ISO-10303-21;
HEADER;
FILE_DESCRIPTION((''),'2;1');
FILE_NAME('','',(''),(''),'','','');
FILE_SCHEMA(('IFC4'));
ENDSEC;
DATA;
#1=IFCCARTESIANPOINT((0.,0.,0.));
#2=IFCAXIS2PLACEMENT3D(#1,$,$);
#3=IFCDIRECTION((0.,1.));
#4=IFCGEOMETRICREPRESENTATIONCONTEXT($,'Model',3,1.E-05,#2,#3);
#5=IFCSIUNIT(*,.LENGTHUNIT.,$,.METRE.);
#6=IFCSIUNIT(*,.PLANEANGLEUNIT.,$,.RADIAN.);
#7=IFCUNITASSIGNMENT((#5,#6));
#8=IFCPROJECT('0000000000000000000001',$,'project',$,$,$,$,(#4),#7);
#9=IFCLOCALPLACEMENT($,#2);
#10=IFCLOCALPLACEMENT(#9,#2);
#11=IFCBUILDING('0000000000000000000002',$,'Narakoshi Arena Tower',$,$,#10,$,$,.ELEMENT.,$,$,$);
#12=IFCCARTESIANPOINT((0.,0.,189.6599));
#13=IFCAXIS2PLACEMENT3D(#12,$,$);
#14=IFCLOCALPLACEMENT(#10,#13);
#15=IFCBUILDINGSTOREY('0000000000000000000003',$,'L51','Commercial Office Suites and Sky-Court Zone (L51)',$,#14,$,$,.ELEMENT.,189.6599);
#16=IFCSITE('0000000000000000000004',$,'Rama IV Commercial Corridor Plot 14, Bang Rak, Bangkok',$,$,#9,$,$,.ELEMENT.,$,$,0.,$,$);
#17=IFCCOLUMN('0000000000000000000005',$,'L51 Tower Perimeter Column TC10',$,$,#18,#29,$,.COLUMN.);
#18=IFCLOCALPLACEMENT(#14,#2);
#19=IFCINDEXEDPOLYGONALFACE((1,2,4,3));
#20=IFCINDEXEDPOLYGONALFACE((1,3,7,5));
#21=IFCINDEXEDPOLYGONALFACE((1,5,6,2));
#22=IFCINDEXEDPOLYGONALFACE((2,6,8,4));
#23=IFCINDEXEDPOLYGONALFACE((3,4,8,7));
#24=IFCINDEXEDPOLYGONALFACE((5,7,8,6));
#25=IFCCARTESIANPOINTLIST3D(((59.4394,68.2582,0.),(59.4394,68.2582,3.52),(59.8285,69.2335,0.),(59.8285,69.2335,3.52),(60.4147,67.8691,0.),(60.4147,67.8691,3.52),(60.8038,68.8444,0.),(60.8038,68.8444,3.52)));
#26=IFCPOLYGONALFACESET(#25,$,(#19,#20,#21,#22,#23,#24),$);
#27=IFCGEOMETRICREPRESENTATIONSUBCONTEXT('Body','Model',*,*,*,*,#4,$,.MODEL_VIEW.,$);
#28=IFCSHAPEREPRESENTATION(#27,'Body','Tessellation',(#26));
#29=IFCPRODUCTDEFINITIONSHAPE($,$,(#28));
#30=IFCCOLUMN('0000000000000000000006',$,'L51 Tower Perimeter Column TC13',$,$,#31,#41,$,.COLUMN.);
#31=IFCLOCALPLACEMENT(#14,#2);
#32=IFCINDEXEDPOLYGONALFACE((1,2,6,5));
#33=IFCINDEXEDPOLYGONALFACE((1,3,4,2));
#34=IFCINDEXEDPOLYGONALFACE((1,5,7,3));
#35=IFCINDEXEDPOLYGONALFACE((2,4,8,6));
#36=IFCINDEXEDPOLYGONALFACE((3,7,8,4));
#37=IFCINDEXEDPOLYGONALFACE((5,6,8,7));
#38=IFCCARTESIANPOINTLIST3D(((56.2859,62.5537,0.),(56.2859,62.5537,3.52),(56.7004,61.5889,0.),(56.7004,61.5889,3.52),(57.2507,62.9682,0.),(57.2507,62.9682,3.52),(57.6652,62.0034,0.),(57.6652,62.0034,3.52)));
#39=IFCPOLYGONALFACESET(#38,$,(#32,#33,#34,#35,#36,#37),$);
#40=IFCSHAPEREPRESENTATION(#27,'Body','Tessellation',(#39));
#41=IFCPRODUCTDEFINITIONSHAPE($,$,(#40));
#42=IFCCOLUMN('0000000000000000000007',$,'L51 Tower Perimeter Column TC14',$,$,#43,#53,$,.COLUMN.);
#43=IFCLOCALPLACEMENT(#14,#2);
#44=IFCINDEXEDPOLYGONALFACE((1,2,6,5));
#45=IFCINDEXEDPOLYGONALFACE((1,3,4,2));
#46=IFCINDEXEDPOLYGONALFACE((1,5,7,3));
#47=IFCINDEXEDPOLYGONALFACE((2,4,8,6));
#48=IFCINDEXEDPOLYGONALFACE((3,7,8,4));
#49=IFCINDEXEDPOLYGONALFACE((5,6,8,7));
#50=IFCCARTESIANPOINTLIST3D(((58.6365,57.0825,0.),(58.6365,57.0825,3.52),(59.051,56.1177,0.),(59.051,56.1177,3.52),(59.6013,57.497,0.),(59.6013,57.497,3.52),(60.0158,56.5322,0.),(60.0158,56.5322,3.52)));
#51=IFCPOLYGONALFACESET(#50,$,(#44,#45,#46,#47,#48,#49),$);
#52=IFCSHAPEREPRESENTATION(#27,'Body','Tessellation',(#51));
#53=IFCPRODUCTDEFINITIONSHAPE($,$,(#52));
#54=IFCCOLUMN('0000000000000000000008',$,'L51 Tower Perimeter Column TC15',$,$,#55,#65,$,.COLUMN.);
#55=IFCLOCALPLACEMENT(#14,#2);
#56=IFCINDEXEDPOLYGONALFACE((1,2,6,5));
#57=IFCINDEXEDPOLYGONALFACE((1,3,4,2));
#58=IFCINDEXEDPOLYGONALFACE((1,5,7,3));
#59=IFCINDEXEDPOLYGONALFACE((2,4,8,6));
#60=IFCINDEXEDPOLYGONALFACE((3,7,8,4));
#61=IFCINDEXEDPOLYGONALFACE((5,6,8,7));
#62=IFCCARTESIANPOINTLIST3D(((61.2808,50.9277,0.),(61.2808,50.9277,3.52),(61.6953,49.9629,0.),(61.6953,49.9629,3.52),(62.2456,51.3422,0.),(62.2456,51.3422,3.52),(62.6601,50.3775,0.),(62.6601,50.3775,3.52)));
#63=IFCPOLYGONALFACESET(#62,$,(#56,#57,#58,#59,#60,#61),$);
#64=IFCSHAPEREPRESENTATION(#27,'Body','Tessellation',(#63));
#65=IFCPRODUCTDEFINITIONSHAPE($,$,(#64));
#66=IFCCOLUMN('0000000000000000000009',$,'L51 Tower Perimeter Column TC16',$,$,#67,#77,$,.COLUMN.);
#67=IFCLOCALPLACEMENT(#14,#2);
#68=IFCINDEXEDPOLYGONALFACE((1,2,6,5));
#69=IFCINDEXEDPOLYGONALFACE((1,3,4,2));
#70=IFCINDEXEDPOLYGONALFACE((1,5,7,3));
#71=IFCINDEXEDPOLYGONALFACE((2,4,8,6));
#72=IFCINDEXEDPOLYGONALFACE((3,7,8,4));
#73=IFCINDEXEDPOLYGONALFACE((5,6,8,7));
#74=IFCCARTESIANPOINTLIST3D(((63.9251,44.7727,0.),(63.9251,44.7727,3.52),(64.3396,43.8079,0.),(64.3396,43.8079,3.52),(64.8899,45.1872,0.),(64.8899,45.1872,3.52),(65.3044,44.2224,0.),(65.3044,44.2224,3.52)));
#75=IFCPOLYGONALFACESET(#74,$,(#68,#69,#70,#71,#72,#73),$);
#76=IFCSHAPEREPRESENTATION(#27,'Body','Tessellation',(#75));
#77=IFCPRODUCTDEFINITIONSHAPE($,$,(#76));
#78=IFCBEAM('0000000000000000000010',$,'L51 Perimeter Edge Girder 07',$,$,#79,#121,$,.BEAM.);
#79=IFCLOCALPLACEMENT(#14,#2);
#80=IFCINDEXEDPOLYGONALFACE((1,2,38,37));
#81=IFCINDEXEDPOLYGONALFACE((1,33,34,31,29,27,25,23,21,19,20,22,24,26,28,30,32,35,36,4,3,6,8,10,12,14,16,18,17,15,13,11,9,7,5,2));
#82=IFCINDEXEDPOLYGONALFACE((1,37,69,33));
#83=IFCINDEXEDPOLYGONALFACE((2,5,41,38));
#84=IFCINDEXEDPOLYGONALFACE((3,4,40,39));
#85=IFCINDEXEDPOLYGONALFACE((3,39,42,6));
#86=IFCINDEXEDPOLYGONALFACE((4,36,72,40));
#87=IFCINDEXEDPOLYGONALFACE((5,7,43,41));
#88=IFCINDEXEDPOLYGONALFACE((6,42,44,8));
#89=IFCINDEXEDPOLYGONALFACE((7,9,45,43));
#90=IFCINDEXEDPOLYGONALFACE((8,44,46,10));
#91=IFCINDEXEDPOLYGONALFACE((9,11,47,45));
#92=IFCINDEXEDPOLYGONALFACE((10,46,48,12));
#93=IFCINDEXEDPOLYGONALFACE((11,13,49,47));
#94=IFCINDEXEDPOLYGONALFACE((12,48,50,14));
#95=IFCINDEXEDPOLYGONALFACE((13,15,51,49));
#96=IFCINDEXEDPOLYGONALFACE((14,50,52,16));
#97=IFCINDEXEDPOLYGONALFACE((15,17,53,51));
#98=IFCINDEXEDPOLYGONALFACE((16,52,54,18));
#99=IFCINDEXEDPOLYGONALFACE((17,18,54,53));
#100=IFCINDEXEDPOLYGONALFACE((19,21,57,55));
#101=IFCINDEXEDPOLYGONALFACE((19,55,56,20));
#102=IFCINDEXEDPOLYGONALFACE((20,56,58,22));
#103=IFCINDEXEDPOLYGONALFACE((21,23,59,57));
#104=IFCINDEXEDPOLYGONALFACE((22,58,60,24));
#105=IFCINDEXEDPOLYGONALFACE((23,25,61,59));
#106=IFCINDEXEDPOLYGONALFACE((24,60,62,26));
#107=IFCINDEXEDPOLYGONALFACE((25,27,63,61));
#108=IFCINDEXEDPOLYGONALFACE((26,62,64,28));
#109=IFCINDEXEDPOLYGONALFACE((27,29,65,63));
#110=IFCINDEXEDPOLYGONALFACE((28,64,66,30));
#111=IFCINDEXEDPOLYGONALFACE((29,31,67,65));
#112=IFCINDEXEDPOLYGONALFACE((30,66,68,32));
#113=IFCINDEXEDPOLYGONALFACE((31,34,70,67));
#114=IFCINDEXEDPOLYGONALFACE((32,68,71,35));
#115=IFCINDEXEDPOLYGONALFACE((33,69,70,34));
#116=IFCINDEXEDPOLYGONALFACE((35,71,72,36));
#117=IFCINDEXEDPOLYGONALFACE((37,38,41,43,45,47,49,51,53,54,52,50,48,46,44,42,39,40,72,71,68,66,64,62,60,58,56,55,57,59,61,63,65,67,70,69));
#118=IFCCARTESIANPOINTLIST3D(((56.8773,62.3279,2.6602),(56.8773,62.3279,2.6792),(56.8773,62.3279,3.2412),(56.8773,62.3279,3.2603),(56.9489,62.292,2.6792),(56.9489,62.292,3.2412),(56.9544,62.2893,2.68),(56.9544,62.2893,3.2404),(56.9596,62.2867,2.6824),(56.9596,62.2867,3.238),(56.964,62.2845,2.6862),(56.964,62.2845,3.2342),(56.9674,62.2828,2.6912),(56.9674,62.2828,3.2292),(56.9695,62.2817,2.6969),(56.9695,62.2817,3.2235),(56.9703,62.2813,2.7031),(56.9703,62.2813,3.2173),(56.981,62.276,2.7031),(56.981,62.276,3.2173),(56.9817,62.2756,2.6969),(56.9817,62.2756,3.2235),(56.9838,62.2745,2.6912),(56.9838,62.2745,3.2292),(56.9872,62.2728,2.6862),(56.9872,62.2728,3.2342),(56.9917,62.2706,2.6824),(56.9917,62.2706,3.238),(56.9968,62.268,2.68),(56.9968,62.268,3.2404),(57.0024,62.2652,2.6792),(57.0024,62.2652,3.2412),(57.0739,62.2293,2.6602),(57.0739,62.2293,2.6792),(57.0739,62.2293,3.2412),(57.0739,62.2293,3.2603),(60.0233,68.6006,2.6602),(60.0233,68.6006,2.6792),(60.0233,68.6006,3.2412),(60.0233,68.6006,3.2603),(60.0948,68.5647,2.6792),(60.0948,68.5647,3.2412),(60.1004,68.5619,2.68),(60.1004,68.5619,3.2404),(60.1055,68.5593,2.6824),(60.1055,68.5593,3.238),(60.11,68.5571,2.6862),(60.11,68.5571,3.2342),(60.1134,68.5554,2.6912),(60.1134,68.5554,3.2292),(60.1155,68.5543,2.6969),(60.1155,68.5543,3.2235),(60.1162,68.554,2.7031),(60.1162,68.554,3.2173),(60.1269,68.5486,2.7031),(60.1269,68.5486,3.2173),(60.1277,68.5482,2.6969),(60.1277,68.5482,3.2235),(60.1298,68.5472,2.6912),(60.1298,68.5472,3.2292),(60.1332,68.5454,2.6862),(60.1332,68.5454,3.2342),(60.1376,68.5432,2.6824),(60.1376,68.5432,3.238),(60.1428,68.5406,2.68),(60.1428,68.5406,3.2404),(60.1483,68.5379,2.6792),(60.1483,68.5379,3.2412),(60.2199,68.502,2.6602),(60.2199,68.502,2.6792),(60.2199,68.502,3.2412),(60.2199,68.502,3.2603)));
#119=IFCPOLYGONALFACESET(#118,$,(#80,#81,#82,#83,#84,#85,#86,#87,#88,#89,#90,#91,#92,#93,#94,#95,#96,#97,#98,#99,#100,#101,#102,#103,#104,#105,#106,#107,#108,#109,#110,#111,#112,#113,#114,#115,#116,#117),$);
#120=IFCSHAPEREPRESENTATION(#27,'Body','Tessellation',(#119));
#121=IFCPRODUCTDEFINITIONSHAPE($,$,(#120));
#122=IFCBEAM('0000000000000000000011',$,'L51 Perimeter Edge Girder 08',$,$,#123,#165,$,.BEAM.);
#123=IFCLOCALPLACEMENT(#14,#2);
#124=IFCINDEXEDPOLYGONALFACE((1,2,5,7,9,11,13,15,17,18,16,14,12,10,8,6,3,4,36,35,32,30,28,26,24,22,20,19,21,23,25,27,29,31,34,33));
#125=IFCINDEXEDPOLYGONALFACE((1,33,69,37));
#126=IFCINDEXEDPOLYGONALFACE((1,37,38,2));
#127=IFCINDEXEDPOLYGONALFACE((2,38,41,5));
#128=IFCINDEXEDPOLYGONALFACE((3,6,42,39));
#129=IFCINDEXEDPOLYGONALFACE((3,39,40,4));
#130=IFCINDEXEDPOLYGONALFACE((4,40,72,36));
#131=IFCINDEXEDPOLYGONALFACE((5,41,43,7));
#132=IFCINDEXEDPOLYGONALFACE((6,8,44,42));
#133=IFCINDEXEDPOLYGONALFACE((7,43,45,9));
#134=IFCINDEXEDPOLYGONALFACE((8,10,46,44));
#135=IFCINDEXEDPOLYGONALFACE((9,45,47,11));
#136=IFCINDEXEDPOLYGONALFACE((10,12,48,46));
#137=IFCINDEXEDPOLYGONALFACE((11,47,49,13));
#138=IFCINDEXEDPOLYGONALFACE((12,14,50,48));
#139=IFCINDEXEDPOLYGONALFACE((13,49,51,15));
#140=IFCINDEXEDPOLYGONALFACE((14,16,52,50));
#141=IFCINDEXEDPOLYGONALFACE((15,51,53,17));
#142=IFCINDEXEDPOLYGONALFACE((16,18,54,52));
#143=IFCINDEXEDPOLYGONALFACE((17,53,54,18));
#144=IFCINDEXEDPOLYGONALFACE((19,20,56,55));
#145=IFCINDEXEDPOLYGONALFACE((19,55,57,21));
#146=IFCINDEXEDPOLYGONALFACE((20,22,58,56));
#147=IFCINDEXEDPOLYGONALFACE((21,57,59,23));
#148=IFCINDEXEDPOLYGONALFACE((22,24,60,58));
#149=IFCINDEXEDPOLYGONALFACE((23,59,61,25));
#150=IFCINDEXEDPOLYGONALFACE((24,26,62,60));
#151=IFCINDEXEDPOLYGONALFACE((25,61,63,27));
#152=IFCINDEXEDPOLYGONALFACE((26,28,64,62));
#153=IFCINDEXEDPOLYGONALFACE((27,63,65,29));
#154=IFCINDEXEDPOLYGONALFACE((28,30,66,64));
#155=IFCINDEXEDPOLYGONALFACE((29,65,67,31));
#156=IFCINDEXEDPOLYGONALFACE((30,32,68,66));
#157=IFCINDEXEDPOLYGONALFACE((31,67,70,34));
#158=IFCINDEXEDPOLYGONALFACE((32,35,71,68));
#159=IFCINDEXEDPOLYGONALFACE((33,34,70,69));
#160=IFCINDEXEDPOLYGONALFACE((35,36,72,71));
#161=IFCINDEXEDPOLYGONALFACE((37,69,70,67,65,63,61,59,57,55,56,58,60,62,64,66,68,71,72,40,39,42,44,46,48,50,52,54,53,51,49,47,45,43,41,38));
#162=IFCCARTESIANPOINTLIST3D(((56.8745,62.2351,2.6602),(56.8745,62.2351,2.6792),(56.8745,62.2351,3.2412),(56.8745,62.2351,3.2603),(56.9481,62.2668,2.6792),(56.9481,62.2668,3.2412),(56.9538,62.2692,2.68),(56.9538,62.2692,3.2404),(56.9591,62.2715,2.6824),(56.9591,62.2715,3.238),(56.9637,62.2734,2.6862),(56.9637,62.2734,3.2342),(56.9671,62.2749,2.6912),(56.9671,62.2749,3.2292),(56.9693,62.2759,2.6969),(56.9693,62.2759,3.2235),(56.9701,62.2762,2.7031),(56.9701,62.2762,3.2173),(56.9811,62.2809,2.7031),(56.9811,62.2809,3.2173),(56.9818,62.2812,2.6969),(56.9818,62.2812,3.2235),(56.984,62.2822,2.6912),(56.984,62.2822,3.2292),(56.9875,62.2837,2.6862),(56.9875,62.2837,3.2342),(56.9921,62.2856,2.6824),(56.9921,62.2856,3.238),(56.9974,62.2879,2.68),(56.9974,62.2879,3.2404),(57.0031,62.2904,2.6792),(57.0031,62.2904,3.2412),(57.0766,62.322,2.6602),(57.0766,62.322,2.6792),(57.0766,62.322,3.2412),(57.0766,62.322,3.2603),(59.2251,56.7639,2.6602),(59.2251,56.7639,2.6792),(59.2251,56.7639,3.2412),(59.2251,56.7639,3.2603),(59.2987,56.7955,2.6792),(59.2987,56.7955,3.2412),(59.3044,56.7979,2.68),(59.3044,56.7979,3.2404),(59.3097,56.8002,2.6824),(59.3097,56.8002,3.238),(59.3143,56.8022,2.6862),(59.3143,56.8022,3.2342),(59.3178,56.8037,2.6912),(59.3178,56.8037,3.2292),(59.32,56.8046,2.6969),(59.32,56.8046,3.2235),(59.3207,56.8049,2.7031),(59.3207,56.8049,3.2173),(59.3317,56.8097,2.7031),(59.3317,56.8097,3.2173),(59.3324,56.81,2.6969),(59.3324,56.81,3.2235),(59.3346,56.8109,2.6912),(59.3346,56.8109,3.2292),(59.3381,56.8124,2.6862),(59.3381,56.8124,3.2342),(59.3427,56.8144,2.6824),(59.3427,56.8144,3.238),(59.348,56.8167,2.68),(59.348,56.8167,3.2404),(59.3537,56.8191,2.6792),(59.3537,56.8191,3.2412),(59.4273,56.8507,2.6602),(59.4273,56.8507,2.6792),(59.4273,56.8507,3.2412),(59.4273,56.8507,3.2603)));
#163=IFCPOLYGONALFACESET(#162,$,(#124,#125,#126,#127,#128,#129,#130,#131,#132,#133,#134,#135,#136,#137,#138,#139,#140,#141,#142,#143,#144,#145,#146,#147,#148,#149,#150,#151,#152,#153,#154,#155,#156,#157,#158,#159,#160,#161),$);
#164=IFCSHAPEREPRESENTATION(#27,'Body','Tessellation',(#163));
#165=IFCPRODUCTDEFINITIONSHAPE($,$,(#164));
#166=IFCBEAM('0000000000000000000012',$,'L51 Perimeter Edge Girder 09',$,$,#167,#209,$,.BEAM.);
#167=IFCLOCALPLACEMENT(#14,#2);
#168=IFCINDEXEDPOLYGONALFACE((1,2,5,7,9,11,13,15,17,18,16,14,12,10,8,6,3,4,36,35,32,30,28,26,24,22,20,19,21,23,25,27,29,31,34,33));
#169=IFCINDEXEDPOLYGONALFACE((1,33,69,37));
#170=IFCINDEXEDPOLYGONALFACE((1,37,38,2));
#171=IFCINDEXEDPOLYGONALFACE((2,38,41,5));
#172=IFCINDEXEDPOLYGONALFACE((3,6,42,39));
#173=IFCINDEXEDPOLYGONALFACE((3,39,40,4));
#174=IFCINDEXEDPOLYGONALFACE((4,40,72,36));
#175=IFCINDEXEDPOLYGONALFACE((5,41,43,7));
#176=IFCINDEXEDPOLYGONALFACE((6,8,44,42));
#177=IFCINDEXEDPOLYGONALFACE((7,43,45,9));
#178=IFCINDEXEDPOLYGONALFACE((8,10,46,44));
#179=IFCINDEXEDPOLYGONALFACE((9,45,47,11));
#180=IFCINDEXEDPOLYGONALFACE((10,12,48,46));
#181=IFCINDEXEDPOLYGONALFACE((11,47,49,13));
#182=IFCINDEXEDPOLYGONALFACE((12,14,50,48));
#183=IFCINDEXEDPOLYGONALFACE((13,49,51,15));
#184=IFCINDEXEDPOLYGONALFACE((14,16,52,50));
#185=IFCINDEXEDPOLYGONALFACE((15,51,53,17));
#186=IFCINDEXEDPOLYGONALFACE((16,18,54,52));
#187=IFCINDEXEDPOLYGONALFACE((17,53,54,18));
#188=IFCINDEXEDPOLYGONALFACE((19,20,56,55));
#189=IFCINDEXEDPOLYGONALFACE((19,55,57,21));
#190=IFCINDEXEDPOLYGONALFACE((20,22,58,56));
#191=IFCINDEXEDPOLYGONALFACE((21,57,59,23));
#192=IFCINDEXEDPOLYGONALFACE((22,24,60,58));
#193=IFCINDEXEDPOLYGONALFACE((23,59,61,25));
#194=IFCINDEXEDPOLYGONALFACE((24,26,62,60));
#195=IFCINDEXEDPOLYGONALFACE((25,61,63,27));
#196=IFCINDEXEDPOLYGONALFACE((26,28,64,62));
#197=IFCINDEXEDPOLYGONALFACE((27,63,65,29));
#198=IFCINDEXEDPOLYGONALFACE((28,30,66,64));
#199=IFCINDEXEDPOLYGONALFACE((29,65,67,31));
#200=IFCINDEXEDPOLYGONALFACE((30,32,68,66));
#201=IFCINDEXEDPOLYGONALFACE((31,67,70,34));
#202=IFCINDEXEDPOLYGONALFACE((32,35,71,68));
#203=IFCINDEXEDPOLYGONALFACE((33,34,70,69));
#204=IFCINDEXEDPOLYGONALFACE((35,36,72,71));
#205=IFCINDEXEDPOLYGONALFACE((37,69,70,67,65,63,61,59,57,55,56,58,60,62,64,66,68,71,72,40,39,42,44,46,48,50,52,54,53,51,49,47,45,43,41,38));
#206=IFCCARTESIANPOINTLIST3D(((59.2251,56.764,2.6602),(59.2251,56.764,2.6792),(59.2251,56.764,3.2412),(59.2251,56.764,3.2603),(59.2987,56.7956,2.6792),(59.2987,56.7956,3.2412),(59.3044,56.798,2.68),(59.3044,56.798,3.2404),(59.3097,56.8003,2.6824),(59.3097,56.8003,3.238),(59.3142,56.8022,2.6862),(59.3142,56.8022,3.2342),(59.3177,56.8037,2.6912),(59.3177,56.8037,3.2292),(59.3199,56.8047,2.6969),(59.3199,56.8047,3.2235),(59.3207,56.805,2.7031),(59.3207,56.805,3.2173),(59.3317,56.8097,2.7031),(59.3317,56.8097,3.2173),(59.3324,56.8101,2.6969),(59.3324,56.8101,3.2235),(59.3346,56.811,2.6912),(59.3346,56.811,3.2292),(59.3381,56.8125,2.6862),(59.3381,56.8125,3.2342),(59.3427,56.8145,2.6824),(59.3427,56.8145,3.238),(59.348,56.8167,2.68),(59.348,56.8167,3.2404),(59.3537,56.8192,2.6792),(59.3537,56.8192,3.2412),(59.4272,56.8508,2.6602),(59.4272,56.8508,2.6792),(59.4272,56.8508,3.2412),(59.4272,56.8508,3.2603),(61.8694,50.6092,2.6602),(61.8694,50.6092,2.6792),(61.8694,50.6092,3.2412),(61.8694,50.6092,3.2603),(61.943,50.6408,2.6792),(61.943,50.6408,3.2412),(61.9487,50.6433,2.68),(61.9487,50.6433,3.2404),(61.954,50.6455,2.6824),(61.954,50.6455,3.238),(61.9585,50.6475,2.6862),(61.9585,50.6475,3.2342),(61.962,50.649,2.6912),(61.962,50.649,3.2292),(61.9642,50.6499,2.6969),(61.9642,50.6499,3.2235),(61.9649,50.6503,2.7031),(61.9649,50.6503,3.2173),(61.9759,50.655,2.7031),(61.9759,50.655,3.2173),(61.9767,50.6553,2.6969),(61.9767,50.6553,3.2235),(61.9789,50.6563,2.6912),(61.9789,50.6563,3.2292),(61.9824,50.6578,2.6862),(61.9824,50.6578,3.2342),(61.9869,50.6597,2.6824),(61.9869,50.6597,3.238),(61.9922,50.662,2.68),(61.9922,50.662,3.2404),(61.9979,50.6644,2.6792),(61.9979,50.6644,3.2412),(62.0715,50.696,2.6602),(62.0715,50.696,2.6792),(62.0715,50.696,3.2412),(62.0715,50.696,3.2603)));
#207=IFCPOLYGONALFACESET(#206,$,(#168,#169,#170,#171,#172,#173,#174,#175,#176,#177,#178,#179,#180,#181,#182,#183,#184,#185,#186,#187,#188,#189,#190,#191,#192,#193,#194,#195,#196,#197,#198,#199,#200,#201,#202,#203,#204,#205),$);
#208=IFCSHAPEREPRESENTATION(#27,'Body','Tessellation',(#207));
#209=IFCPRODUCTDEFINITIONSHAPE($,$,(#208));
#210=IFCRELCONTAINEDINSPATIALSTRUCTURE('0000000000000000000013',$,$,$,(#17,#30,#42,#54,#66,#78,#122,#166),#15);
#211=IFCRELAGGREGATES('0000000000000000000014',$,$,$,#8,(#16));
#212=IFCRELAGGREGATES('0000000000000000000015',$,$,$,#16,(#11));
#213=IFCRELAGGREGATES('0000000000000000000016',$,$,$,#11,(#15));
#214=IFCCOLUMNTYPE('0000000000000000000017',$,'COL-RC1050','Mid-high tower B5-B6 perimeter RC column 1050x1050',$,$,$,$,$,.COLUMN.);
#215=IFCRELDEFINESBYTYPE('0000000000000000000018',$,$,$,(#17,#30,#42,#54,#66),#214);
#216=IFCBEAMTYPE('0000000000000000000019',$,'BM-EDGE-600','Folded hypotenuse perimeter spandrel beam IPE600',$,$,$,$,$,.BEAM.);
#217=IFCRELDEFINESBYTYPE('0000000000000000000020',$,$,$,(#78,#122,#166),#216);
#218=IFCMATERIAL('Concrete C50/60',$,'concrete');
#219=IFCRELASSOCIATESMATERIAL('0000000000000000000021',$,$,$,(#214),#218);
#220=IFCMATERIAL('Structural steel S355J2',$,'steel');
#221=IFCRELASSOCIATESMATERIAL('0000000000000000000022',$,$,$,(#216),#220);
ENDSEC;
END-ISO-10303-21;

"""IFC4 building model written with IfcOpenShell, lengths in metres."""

from ifc_helpers import new_model, si_unit, direction, frame, origin, origin_2d, place, context, subcontext, project, spatial, rectangle, i_section, extrude, material, material_profile, profile_set, type_object, element, save


model = new_model("IFC4")

# Units and contexts
model_context = context("Model", 3, precision=1e-05, world=origin(), true_north=direction((0.0, 1.0)))
body_context = subcontext(model_context, "Body", "Model", "MODEL_VIEW")
ifc_project = project(units=[si_unit("LENGTHUNIT", "METRE"), si_unit("PLANEANGLEUNIT", "RADIAN")], contexts=[model_context])

# Site, building, storey
site_placement = place(None, origin())
site = spatial("IfcSite", under=ifc_project, at=site_placement, Name="Rama IV Commercial Corridor Plot 14, Bang Rak, Bangkok", CompositionType="ELEMENT", RefElevation=0.0)
building_placement = place(site_placement, origin())
building = spatial("IfcBuilding", under=site, at=building_placement, Name="Narakoshi Arena Tower", CompositionType="ELEMENT")
storey_placement = place(building_placement, frame((0.0, 0.0, 189.6599)))
storey = spatial("IfcBuildingStorey", under=building, at=storey_placement, Name="L51", Description="Commercial Office Suites and Sky-Court Zone (L51)", CompositionType="ELEMENT", Elevation=189.6599)

# Columns
ifc_material_1 = material(Name="Concrete C50/60", Category="concrete")
ifc_material_profile_1 = material_profile(ifc_material_1, rectangle(XDim=1.05, YDim=1.05, at=origin_2d()), Name="RC1050x1050")
ifc_profile_set_1 = profile_set([ifc_material_profile_1], Name="Concrete C50/60")
column_type = type_object("IfcColumnType", Name="COL-RC1050", Description="Mid-high tower B5-B6 perimeter RC column 1050x1050", PredefinedType="COLUMN", material=ifc_profile_set_1)
for number, where, z_axis, x_axis, name in (
    (1, (60.1216, 68.5513, 0.0), (0.0, 0.0, 1.0), (0.370557, 0.92881, 0.0), "L51 Tower Perimeter Column TC10"),
    (2, (56.9756, 62.2786, 0.0), (0.0, 0.0, 1.0), (-0.394744, 0.918791, 0.0), "L51 Tower Perimeter Column TC13"),
    (3, (59.3262, 56.8074, 0.0), (0.0, 0.0, 1.0), (-0.394744, 0.918791, 0.0), "L51 Tower Perimeter Column TC14"),
    (4, (61.9705, 50.6526, 0.0), (0.0, 0.0, 1.0), (-0.394744, 0.918791, 0.0), "L51 Tower Perimeter Column TC15"),
    (5, (64.6147, 44.4976, 0.0), (0.0, 0.0, 1.0), (-0.394744, 0.918791, 0.0), "L51 Tower Perimeter Column TC16"),
):
    element("IfcColumn", number, at=place(storey_placement, frame(where, z_axis=z_axis, x_axis=x_axis)), inside=storey, type_object=column_type, Name=name, PredefinedType="COLUMN", context=body_context, shape_type="SweptSolid", body=[
        extrude(rectangle(XDim=1.05, YDim=1.05, at=origin_2d()), origin(), (0.0, 0.0, 1.0), 3.52),
    ])

# Beams
ifc_material_2 = material(Name="Structural steel S355J2", Category="steel")
ifc_material_profile_2 = material_profile(ifc_material_2, i_section(OverallWidth=0.22, OverallDepth=0.6001, WebThickness=0.012, FlangeThickness=0.019, FilletRadius=0.0239, at=origin_2d()), Name="IPE600")
ifc_profile_set_2 = profile_set([ifc_material_profile_2], Name="Structural steel S355J2")
beam_type_1 = type_object("IfcBeamType", Name="BM-EDGE-600", Description="Folded hypotenuse perimeter spandrel beam IPE600", PredefinedType="BEAM", material=ifc_profile_set_2)
beam_1_placement = place(storey_placement, frame((60.1216, 68.5513, 2.9602), z_axis=(-0.448313, -0.893877, 0.0), x_axis=(0.893877, -0.448313, 0.0)))
element("IfcBeam", 6, at=beam_1_placement, inside=storey, type_object=beam_type_1, Name="L51 Perimeter Edge Girder 07", PredefinedType="BEAM", context=body_context, shape_type="SweptSolid", body=[
    extrude(i_section(OverallWidth=0.22, OverallDepth=0.6001, WebThickness=0.012, FlangeThickness=0.019, FilletRadius=0.0239, at=origin_2d()), origin(), (0.0, 0.0, 1.0), 7.0173),
])
beam_2_placement = place(storey_placement, frame((56.9756, 62.2786, 2.9602), z_axis=(0.394741, -0.918793, 0.0), x_axis=(0.918793, 0.394741, 0.0)))
element("IfcBeam", 7, at=beam_2_placement, inside=storey, type_object=beam_type_1, Name="L51 Perimeter Edge Girder 08", PredefinedType="BEAM", context=body_context, shape_type="SweptSolid", body=[
    extrude(i_section(OverallWidth=0.22, OverallDepth=0.6001, WebThickness=0.012, FlangeThickness=0.019, FilletRadius=0.0239, at=origin_2d()), origin(), (0.0, 0.0, 1.0), 5.9548),
])
beam_3_placement = place(storey_placement, frame((59.3262, 56.8074, 2.9602), z_axis=(0.394742, -0.918792, 0.0), x_axis=(0.918792, 0.394742, 0.0)))
element("IfcBeam", 8, at=beam_3_placement, inside=storey, type_object=beam_type_1, Name="L51 Perimeter Edge Girder 09", PredefinedType="BEAM", context=body_context, shape_type="SweptSolid", body=[
    extrude(i_section(OverallWidth=0.22, OverallDepth=0.6001, WebThickness=0.012, FlangeThickness=0.019, FilletRadius=0.0239, at=origin_2d()), origin(), (0.0, 0.0, 1.0), 6.6987),
])

save(model, "model.ifc")
